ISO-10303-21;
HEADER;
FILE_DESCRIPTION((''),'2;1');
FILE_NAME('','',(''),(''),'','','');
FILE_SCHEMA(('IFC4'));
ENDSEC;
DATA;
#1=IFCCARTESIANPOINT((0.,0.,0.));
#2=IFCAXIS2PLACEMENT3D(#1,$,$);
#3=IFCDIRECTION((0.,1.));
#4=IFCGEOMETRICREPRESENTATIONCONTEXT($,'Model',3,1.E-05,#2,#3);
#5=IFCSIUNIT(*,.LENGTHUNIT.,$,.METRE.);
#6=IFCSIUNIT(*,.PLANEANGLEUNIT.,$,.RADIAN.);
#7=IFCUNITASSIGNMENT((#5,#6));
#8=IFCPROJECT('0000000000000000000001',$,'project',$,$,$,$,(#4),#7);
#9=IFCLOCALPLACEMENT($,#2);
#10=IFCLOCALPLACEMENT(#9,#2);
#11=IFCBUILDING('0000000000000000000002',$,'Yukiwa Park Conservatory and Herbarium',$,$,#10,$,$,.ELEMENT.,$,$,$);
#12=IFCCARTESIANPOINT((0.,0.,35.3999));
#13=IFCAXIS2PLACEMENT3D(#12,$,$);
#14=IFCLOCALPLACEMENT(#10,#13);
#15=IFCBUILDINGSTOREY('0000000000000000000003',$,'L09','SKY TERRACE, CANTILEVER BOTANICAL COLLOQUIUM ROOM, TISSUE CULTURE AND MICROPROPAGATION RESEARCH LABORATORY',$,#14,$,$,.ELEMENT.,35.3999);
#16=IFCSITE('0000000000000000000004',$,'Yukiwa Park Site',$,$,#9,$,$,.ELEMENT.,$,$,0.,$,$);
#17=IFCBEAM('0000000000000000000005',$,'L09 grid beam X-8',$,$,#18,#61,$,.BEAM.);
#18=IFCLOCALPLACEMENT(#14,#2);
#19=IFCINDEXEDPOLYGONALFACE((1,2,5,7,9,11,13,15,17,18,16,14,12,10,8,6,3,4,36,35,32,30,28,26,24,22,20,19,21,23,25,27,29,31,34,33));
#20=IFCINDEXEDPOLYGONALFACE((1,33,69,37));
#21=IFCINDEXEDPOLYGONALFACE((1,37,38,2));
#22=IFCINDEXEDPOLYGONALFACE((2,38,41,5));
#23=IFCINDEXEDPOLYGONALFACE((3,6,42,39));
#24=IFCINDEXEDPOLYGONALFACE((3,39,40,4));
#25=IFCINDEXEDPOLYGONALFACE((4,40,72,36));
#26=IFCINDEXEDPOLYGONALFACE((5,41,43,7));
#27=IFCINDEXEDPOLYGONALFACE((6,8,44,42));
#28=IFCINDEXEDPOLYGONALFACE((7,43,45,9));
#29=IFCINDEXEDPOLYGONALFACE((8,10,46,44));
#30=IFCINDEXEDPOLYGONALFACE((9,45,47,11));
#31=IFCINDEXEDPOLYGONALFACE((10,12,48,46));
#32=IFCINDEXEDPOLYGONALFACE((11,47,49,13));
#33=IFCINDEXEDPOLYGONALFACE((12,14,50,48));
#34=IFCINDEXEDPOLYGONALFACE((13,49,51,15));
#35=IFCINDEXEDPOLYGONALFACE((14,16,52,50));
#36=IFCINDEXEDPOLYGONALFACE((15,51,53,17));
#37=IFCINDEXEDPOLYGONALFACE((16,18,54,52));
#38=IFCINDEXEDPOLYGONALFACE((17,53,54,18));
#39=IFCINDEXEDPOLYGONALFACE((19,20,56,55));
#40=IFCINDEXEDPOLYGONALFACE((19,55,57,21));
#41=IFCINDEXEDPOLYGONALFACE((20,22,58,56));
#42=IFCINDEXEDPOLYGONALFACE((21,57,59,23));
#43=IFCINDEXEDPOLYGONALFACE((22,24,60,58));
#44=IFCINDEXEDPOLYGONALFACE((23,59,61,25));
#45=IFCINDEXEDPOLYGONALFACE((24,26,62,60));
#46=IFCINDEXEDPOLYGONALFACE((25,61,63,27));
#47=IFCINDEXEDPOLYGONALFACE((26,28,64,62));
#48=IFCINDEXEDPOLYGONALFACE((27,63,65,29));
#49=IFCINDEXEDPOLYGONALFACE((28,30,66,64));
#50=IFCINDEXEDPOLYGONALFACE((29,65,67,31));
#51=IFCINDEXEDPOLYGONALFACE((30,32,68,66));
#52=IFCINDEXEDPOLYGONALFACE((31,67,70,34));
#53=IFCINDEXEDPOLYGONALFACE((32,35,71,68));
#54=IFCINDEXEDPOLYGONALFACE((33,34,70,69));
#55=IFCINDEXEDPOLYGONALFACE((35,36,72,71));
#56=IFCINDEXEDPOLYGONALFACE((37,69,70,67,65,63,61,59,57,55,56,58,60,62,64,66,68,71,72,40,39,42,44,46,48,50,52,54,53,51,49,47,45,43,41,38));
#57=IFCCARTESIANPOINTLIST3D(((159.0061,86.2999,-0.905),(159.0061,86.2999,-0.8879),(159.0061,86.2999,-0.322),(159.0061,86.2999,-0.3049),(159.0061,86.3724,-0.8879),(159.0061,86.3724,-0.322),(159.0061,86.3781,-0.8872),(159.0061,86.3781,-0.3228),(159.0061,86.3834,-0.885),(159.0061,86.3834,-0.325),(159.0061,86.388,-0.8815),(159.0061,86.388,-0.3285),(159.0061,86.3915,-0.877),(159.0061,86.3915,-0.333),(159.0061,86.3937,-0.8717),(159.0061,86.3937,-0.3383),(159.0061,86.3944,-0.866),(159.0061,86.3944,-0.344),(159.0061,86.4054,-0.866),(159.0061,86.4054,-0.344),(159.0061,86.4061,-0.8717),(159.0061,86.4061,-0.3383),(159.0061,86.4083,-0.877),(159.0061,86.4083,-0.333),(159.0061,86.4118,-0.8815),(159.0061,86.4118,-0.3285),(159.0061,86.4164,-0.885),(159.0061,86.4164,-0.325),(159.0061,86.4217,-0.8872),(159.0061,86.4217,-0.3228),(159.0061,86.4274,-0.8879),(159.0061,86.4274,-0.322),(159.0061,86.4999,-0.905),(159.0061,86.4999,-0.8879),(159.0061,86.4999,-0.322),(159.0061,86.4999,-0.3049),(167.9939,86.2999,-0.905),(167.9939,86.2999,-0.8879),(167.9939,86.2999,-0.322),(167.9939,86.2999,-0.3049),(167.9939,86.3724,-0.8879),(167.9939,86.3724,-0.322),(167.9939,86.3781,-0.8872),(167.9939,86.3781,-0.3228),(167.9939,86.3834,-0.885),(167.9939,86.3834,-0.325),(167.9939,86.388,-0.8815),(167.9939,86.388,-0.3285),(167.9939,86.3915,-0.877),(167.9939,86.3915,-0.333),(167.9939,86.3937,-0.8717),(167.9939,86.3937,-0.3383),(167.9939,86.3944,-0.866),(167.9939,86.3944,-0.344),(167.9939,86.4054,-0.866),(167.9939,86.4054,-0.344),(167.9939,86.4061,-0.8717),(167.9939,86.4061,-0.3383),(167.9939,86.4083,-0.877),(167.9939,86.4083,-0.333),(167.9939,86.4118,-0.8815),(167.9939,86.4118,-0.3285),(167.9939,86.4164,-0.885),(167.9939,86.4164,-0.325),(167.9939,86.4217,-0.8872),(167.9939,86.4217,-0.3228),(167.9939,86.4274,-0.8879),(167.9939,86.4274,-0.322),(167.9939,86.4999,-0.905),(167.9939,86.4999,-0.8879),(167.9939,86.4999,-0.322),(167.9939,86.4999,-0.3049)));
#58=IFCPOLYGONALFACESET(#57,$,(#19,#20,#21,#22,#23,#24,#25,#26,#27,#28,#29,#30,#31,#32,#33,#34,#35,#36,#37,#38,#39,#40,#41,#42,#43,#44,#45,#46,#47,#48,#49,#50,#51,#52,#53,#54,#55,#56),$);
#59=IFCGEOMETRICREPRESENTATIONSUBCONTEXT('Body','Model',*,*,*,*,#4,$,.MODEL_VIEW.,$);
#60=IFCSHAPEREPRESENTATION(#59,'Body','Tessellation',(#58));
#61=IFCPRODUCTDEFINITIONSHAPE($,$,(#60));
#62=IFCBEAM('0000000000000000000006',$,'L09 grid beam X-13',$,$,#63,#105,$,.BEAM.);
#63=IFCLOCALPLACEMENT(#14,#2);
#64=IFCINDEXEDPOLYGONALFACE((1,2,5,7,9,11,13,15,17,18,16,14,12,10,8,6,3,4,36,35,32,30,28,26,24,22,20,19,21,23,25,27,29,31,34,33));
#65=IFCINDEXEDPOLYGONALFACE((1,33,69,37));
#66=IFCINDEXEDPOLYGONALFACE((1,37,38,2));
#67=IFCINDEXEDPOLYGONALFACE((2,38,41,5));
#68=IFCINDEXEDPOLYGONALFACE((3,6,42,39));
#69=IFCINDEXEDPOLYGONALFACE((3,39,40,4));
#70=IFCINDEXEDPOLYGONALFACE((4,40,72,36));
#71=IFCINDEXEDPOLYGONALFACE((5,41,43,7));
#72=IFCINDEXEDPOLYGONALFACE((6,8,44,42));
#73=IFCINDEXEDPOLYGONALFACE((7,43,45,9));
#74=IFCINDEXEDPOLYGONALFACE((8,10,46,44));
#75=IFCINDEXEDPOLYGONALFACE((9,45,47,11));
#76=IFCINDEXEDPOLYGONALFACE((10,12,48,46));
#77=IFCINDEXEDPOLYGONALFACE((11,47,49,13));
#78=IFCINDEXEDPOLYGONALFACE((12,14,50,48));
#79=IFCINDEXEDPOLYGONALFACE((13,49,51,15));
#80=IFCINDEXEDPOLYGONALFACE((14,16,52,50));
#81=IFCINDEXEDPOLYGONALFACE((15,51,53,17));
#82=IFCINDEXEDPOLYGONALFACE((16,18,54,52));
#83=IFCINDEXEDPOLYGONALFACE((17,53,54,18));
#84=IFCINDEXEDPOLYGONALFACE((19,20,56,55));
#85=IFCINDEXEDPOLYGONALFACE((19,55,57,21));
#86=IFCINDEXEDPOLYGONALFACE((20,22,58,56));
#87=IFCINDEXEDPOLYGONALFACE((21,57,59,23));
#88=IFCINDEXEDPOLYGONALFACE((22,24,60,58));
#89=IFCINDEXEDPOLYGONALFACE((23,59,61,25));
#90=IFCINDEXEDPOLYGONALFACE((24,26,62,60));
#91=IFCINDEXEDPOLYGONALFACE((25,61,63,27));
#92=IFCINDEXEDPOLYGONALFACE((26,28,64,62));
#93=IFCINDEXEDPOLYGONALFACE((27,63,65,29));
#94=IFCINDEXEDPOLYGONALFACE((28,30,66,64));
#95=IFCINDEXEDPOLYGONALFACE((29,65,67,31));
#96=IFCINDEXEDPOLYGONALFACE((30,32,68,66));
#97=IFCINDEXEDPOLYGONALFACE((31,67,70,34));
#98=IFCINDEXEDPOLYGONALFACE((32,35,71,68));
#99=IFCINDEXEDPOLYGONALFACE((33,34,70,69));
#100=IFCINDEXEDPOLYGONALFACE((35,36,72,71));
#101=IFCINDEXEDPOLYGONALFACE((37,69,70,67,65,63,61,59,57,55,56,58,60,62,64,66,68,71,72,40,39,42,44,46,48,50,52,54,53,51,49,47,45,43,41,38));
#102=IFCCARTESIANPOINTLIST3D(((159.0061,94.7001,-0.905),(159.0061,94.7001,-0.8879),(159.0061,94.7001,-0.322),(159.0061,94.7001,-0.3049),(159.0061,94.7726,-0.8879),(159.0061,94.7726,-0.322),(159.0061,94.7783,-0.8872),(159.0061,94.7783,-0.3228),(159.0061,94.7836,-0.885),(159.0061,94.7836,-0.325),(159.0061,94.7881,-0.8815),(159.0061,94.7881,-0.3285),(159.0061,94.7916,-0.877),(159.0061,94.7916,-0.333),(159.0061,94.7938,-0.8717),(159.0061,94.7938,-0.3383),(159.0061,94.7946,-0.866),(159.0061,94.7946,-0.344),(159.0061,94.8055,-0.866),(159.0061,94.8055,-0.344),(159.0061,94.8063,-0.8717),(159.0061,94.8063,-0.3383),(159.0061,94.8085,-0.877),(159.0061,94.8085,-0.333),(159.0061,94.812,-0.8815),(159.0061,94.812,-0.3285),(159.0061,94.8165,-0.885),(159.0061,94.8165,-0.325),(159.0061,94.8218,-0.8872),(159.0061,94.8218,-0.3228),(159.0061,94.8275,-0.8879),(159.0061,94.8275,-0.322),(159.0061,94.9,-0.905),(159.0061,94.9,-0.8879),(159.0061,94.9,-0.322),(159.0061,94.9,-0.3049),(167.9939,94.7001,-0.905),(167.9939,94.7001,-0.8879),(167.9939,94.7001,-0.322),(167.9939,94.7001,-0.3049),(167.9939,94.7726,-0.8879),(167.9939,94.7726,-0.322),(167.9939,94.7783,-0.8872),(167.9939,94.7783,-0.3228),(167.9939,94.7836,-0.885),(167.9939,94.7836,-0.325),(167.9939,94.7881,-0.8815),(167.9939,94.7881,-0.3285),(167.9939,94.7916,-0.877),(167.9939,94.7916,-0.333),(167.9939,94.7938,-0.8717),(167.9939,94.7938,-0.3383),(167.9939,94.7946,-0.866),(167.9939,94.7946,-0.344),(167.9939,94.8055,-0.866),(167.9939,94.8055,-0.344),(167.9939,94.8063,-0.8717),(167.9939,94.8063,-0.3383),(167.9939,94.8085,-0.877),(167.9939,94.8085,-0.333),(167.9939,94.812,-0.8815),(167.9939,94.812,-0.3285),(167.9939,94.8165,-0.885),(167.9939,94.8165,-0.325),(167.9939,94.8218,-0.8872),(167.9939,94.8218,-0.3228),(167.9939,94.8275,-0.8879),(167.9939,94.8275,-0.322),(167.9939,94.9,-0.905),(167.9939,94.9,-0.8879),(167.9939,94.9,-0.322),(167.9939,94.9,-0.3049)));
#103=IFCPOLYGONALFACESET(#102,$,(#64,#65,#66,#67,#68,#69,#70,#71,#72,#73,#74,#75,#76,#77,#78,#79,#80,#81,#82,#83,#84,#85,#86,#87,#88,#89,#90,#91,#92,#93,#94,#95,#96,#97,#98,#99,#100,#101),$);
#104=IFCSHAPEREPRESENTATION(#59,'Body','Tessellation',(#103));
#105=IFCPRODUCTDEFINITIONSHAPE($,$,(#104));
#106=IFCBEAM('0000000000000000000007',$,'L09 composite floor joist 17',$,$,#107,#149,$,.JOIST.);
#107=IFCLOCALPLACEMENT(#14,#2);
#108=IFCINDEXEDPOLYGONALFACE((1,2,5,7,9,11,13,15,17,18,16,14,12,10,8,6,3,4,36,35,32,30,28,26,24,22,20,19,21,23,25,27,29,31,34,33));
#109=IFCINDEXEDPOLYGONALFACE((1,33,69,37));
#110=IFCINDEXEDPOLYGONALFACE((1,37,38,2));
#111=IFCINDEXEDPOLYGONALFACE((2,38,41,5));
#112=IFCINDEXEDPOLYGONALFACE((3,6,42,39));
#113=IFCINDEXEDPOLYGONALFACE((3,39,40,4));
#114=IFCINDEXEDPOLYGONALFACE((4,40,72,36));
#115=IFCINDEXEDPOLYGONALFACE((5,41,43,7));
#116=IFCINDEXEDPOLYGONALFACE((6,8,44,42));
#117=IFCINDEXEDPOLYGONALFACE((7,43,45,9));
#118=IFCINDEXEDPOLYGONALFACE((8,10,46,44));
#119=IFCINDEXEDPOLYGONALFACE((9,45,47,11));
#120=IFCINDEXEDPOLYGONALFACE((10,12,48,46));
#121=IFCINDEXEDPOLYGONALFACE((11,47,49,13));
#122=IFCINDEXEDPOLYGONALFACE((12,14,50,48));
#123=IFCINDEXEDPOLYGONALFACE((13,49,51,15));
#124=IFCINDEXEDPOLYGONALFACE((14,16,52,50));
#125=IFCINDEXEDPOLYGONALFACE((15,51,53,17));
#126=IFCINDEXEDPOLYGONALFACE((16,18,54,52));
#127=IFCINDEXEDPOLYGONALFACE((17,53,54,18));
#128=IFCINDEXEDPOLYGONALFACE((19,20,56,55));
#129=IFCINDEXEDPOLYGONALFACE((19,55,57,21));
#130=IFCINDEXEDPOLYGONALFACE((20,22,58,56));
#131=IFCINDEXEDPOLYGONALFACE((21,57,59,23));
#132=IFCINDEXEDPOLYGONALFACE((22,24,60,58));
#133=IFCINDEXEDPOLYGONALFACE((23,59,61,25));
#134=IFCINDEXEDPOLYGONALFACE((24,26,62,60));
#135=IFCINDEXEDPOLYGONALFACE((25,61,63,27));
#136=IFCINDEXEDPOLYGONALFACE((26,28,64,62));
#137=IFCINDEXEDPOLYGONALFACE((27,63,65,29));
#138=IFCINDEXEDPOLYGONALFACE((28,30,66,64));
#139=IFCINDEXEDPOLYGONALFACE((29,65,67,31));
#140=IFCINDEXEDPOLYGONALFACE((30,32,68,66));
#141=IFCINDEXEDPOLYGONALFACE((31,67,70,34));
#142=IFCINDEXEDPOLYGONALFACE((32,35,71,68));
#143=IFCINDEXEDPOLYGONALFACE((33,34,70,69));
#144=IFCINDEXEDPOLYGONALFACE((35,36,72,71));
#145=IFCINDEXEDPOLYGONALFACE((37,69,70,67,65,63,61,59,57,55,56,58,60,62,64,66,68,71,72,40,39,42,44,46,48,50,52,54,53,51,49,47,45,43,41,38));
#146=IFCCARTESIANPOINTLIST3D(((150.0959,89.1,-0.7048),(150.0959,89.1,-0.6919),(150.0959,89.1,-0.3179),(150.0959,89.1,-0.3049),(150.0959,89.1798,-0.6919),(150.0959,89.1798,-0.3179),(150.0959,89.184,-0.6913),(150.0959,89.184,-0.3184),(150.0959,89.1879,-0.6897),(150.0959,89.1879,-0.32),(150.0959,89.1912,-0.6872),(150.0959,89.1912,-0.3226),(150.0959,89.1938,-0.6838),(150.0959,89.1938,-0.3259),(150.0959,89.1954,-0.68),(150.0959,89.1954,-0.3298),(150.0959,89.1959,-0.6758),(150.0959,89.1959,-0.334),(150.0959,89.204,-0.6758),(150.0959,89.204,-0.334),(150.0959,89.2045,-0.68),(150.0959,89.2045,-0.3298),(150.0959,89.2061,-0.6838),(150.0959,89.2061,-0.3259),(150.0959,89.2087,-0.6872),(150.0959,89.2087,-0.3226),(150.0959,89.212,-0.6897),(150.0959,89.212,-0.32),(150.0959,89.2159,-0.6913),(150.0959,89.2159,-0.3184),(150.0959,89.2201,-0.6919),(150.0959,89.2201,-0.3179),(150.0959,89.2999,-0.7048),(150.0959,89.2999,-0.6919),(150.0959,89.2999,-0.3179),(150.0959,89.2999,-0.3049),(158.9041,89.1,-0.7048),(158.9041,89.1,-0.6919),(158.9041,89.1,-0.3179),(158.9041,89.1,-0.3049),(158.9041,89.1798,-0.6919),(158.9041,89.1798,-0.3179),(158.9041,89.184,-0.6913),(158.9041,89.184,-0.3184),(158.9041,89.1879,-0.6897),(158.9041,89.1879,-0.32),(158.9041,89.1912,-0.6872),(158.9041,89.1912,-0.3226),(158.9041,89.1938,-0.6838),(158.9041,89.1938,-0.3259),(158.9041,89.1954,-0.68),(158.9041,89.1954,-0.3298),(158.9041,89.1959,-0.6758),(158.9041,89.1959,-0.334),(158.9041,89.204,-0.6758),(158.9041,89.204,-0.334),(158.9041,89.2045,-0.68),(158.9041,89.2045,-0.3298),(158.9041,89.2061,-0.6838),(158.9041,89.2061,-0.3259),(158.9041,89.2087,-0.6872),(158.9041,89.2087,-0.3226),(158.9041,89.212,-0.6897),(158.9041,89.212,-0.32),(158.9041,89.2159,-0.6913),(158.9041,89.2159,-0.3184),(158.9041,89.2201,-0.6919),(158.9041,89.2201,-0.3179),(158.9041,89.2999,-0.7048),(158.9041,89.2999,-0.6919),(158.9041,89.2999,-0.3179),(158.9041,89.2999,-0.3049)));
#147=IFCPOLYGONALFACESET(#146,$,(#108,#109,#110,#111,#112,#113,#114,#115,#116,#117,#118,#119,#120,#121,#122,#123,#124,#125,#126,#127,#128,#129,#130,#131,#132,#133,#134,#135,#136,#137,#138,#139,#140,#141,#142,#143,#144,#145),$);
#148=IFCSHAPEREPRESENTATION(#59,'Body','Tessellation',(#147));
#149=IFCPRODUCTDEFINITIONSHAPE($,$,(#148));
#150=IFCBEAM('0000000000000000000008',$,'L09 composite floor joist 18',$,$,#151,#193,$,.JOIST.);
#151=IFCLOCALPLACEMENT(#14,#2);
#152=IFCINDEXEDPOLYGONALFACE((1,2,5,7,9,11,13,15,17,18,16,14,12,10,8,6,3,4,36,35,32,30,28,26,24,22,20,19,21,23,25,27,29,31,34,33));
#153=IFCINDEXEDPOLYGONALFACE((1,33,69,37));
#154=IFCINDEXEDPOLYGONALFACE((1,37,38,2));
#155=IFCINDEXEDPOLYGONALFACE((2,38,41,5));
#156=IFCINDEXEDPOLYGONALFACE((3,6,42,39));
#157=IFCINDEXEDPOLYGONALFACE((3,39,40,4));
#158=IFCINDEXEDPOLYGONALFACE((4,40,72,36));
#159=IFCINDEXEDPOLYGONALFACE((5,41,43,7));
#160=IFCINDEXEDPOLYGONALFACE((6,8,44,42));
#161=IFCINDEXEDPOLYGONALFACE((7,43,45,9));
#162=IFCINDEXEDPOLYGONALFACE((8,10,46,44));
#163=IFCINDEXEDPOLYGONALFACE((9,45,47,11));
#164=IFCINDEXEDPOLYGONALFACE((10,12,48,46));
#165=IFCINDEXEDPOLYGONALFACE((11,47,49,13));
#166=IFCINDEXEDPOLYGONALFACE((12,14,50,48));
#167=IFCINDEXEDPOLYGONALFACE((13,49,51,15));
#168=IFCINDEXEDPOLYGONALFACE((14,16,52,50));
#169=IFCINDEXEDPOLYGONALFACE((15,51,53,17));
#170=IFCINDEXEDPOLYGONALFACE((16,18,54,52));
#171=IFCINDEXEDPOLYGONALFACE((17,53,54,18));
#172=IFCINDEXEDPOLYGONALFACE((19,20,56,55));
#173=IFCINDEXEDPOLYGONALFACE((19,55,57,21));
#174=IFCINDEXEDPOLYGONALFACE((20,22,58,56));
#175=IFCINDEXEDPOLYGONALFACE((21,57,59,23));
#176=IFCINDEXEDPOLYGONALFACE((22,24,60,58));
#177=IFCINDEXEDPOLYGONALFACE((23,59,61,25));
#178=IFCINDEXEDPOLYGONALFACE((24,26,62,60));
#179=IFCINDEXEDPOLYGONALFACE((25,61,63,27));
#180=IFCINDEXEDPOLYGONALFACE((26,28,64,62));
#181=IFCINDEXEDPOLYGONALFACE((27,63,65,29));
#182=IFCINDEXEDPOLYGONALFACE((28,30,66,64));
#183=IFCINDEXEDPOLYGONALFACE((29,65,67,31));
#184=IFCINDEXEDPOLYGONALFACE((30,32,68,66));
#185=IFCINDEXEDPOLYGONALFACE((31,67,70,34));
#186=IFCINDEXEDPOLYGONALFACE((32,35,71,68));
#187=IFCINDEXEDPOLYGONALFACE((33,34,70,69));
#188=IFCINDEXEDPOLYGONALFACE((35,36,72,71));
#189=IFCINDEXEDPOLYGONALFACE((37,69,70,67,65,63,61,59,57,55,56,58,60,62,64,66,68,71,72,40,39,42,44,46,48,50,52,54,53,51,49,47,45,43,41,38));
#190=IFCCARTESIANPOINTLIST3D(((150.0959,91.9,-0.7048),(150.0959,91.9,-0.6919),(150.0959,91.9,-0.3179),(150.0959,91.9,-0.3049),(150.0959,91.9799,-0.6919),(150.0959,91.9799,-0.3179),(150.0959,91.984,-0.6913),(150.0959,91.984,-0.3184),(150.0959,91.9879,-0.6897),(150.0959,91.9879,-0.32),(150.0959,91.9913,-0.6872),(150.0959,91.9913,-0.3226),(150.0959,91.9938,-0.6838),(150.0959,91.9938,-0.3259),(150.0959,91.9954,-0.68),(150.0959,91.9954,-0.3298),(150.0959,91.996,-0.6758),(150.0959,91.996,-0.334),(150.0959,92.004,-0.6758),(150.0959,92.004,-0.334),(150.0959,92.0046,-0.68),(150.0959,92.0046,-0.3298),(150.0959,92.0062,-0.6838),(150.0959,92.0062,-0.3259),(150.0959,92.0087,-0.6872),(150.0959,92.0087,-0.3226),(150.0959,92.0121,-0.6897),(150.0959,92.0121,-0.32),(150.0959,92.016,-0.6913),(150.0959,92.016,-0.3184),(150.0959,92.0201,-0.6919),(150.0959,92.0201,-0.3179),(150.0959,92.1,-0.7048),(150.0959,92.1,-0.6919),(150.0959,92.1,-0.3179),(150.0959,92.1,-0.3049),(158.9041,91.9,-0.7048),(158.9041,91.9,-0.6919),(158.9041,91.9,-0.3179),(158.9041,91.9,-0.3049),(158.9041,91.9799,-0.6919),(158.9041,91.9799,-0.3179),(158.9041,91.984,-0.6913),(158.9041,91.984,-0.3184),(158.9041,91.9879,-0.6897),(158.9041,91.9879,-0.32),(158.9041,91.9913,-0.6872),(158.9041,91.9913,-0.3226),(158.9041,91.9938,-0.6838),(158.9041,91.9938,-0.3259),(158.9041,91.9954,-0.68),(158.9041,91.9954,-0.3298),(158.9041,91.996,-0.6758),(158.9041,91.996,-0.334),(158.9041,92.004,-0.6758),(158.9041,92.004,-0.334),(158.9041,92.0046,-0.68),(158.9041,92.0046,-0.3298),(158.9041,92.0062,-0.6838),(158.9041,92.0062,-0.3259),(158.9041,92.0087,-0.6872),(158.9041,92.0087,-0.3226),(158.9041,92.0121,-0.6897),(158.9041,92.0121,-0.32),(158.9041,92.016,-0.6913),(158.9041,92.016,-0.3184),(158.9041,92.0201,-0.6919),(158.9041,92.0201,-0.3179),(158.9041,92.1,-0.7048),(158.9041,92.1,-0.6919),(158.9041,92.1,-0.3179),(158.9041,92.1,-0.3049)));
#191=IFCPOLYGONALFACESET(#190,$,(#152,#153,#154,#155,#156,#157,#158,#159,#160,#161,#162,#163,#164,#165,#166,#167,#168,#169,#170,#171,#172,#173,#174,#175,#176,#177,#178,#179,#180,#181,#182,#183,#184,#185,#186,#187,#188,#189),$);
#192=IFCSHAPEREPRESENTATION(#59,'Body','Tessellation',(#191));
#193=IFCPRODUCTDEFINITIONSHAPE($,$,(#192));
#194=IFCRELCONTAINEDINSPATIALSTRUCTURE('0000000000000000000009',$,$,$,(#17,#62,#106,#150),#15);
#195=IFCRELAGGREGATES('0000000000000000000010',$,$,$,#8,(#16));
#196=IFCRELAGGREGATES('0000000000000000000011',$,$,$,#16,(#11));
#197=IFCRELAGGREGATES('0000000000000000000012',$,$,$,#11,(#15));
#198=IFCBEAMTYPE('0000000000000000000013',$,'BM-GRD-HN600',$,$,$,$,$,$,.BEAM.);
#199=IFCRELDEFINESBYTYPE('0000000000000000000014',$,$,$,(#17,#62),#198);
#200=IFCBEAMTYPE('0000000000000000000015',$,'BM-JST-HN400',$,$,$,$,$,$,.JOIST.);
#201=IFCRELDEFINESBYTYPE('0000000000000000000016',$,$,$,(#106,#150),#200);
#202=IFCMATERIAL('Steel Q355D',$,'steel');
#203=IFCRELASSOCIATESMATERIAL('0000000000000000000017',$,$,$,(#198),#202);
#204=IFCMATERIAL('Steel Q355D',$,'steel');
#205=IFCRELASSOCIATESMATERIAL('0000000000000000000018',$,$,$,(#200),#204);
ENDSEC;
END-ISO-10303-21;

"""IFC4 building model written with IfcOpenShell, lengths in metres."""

from ifc_helpers import new_model, si_unit, direction, frame, origin, origin_2d, place, context, subcontext, project, spatial, i_section, extrude, material, material_profile, profile_set, type_object, element, save


model = new_model("IFC4")

# Units and contexts
model_context = context("Model", 3, precision=1e-05, world=origin(), true_north=direction((0.0, 1.0)))
body_context = subcontext(model_context, "Body", "Model", "MODEL_VIEW")
ifc_project = project(units=[si_unit("LENGTHUNIT", "METRE"), si_unit("PLANEANGLEUNIT", "RADIAN")], contexts=[model_context])

# Site, building, storey
site_placement = place(None, origin())
site = spatial("IfcSite", under=ifc_project, at=site_placement, Name="Yukiwa Park Site", CompositionType="ELEMENT", RefElevation=0.0)
building_placement = place(site_placement, origin())
building = spatial("IfcBuilding", under=site, at=building_placement, Name="Yukiwa Park Conservatory and Herbarium", CompositionType="ELEMENT")
storey_placement = place(building_placement, frame((0.0, 0.0, 35.3999)))
storey = spatial("IfcBuildingStorey", under=building, at=storey_placement, Name="L09", Description="SKY TERRACE, CANTILEVER BOTANICAL COLLOQUIUM ROOM, TISSUE CULTURE AND MICROPROPAGATION RESEARCH LABORATORY", CompositionType="ELEMENT", Elevation=35.3999)

# Beams
ifc_material_1 = material(Name="Steel Q355D", Category="steel")
ifc_material_profile_1 = material_profile(ifc_material_1, i_section(OverallWidth=0.2, OverallDepth=0.6001, WebThickness=0.011, FlangeThickness=0.0171, FilletRadius=0.022, at=origin_2d()), Name="HN 600x200x11x17")
ifc_profile_set_1 = profile_set([ifc_material_profile_1], Name="Steel Q355D")
beam_type_1 = type_object("IfcBeamType", Name="BM-GRD-HN600", PredefinedType="BEAM", material=ifc_profile_set_1)
for number, where, z_axis, x_axis, name in (
    (1, (159.0061, 86.3999, -0.605), (1.0, 0.0, 0.0), (0.0, 1.0, 0.0), "L09 grid beam X-8"),
    (2, (159.0061, 94.8, -0.605), (1.0, 0.0, 0.0), (0.0, 1.0, 0.0), "L09 grid beam X-13"),
):
    element("IfcBeam", number, at=place(storey_placement, frame(where, z_axis=z_axis, x_axis=x_axis)), inside=storey, type_object=beam_type_1, Name=name, PredefinedType="BEAM", context=body_context, shape_type="SweptSolid", body=[
        extrude(i_section(OverallWidth=0.2, OverallDepth=0.6001, WebThickness=0.011, FlangeThickness=0.0171, FilletRadius=0.022, at=origin_2d()), origin(), (0.0, 0.0, 1.0), 8.9878),
    ])
ifc_material_2 = material(Name="Steel Q355D", Category="steel")
ifc_material_profile_2 = material_profile(ifc_material_2, i_section(OverallWidth=0.2, OverallDepth=0.3999, WebThickness=0.0081, FlangeThickness=0.0129, FilletRadius=0.0161, at=origin_2d()), Name="HN 400x200x8x13")
ifc_profile_set_2 = profile_set([ifc_material_profile_2], Name="Steel Q355D")
beam_type_2 = type_object("IfcBeamType", Name="BM-JST-HN400", PredefinedType="JOIST", material=ifc_profile_set_2)
for number, where, z_axis, x_axis, name in (
    (3, (150.0959, 89.2, -0.5049), (1.0, 0.0, 0.0), (0.0, 1.0, 0.0), "L09 composite floor joist 17"),
    (4, (150.0959, 92.0, -0.5049), (1.0, 0.0, 0.0), (0.0, 1.0, 0.0), "L09 composite floor joist 18"),
):
    element("IfcBeam", number, at=place(storey_placement, frame(where, z_axis=z_axis, x_axis=x_axis)), inside=storey, type_object=beam_type_2, Name=name, PredefinedType="JOIST", context=body_context, shape_type="SweptSolid", body=[
        extrude(i_section(OverallWidth=0.2, OverallDepth=0.3999, WebThickness=0.0081, FlangeThickness=0.0129, FilletRadius=0.0161, at=origin_2d()), origin(), (0.0, 0.0, 1.0), 8.8081),
    ])

save(model, "model.ifc")
